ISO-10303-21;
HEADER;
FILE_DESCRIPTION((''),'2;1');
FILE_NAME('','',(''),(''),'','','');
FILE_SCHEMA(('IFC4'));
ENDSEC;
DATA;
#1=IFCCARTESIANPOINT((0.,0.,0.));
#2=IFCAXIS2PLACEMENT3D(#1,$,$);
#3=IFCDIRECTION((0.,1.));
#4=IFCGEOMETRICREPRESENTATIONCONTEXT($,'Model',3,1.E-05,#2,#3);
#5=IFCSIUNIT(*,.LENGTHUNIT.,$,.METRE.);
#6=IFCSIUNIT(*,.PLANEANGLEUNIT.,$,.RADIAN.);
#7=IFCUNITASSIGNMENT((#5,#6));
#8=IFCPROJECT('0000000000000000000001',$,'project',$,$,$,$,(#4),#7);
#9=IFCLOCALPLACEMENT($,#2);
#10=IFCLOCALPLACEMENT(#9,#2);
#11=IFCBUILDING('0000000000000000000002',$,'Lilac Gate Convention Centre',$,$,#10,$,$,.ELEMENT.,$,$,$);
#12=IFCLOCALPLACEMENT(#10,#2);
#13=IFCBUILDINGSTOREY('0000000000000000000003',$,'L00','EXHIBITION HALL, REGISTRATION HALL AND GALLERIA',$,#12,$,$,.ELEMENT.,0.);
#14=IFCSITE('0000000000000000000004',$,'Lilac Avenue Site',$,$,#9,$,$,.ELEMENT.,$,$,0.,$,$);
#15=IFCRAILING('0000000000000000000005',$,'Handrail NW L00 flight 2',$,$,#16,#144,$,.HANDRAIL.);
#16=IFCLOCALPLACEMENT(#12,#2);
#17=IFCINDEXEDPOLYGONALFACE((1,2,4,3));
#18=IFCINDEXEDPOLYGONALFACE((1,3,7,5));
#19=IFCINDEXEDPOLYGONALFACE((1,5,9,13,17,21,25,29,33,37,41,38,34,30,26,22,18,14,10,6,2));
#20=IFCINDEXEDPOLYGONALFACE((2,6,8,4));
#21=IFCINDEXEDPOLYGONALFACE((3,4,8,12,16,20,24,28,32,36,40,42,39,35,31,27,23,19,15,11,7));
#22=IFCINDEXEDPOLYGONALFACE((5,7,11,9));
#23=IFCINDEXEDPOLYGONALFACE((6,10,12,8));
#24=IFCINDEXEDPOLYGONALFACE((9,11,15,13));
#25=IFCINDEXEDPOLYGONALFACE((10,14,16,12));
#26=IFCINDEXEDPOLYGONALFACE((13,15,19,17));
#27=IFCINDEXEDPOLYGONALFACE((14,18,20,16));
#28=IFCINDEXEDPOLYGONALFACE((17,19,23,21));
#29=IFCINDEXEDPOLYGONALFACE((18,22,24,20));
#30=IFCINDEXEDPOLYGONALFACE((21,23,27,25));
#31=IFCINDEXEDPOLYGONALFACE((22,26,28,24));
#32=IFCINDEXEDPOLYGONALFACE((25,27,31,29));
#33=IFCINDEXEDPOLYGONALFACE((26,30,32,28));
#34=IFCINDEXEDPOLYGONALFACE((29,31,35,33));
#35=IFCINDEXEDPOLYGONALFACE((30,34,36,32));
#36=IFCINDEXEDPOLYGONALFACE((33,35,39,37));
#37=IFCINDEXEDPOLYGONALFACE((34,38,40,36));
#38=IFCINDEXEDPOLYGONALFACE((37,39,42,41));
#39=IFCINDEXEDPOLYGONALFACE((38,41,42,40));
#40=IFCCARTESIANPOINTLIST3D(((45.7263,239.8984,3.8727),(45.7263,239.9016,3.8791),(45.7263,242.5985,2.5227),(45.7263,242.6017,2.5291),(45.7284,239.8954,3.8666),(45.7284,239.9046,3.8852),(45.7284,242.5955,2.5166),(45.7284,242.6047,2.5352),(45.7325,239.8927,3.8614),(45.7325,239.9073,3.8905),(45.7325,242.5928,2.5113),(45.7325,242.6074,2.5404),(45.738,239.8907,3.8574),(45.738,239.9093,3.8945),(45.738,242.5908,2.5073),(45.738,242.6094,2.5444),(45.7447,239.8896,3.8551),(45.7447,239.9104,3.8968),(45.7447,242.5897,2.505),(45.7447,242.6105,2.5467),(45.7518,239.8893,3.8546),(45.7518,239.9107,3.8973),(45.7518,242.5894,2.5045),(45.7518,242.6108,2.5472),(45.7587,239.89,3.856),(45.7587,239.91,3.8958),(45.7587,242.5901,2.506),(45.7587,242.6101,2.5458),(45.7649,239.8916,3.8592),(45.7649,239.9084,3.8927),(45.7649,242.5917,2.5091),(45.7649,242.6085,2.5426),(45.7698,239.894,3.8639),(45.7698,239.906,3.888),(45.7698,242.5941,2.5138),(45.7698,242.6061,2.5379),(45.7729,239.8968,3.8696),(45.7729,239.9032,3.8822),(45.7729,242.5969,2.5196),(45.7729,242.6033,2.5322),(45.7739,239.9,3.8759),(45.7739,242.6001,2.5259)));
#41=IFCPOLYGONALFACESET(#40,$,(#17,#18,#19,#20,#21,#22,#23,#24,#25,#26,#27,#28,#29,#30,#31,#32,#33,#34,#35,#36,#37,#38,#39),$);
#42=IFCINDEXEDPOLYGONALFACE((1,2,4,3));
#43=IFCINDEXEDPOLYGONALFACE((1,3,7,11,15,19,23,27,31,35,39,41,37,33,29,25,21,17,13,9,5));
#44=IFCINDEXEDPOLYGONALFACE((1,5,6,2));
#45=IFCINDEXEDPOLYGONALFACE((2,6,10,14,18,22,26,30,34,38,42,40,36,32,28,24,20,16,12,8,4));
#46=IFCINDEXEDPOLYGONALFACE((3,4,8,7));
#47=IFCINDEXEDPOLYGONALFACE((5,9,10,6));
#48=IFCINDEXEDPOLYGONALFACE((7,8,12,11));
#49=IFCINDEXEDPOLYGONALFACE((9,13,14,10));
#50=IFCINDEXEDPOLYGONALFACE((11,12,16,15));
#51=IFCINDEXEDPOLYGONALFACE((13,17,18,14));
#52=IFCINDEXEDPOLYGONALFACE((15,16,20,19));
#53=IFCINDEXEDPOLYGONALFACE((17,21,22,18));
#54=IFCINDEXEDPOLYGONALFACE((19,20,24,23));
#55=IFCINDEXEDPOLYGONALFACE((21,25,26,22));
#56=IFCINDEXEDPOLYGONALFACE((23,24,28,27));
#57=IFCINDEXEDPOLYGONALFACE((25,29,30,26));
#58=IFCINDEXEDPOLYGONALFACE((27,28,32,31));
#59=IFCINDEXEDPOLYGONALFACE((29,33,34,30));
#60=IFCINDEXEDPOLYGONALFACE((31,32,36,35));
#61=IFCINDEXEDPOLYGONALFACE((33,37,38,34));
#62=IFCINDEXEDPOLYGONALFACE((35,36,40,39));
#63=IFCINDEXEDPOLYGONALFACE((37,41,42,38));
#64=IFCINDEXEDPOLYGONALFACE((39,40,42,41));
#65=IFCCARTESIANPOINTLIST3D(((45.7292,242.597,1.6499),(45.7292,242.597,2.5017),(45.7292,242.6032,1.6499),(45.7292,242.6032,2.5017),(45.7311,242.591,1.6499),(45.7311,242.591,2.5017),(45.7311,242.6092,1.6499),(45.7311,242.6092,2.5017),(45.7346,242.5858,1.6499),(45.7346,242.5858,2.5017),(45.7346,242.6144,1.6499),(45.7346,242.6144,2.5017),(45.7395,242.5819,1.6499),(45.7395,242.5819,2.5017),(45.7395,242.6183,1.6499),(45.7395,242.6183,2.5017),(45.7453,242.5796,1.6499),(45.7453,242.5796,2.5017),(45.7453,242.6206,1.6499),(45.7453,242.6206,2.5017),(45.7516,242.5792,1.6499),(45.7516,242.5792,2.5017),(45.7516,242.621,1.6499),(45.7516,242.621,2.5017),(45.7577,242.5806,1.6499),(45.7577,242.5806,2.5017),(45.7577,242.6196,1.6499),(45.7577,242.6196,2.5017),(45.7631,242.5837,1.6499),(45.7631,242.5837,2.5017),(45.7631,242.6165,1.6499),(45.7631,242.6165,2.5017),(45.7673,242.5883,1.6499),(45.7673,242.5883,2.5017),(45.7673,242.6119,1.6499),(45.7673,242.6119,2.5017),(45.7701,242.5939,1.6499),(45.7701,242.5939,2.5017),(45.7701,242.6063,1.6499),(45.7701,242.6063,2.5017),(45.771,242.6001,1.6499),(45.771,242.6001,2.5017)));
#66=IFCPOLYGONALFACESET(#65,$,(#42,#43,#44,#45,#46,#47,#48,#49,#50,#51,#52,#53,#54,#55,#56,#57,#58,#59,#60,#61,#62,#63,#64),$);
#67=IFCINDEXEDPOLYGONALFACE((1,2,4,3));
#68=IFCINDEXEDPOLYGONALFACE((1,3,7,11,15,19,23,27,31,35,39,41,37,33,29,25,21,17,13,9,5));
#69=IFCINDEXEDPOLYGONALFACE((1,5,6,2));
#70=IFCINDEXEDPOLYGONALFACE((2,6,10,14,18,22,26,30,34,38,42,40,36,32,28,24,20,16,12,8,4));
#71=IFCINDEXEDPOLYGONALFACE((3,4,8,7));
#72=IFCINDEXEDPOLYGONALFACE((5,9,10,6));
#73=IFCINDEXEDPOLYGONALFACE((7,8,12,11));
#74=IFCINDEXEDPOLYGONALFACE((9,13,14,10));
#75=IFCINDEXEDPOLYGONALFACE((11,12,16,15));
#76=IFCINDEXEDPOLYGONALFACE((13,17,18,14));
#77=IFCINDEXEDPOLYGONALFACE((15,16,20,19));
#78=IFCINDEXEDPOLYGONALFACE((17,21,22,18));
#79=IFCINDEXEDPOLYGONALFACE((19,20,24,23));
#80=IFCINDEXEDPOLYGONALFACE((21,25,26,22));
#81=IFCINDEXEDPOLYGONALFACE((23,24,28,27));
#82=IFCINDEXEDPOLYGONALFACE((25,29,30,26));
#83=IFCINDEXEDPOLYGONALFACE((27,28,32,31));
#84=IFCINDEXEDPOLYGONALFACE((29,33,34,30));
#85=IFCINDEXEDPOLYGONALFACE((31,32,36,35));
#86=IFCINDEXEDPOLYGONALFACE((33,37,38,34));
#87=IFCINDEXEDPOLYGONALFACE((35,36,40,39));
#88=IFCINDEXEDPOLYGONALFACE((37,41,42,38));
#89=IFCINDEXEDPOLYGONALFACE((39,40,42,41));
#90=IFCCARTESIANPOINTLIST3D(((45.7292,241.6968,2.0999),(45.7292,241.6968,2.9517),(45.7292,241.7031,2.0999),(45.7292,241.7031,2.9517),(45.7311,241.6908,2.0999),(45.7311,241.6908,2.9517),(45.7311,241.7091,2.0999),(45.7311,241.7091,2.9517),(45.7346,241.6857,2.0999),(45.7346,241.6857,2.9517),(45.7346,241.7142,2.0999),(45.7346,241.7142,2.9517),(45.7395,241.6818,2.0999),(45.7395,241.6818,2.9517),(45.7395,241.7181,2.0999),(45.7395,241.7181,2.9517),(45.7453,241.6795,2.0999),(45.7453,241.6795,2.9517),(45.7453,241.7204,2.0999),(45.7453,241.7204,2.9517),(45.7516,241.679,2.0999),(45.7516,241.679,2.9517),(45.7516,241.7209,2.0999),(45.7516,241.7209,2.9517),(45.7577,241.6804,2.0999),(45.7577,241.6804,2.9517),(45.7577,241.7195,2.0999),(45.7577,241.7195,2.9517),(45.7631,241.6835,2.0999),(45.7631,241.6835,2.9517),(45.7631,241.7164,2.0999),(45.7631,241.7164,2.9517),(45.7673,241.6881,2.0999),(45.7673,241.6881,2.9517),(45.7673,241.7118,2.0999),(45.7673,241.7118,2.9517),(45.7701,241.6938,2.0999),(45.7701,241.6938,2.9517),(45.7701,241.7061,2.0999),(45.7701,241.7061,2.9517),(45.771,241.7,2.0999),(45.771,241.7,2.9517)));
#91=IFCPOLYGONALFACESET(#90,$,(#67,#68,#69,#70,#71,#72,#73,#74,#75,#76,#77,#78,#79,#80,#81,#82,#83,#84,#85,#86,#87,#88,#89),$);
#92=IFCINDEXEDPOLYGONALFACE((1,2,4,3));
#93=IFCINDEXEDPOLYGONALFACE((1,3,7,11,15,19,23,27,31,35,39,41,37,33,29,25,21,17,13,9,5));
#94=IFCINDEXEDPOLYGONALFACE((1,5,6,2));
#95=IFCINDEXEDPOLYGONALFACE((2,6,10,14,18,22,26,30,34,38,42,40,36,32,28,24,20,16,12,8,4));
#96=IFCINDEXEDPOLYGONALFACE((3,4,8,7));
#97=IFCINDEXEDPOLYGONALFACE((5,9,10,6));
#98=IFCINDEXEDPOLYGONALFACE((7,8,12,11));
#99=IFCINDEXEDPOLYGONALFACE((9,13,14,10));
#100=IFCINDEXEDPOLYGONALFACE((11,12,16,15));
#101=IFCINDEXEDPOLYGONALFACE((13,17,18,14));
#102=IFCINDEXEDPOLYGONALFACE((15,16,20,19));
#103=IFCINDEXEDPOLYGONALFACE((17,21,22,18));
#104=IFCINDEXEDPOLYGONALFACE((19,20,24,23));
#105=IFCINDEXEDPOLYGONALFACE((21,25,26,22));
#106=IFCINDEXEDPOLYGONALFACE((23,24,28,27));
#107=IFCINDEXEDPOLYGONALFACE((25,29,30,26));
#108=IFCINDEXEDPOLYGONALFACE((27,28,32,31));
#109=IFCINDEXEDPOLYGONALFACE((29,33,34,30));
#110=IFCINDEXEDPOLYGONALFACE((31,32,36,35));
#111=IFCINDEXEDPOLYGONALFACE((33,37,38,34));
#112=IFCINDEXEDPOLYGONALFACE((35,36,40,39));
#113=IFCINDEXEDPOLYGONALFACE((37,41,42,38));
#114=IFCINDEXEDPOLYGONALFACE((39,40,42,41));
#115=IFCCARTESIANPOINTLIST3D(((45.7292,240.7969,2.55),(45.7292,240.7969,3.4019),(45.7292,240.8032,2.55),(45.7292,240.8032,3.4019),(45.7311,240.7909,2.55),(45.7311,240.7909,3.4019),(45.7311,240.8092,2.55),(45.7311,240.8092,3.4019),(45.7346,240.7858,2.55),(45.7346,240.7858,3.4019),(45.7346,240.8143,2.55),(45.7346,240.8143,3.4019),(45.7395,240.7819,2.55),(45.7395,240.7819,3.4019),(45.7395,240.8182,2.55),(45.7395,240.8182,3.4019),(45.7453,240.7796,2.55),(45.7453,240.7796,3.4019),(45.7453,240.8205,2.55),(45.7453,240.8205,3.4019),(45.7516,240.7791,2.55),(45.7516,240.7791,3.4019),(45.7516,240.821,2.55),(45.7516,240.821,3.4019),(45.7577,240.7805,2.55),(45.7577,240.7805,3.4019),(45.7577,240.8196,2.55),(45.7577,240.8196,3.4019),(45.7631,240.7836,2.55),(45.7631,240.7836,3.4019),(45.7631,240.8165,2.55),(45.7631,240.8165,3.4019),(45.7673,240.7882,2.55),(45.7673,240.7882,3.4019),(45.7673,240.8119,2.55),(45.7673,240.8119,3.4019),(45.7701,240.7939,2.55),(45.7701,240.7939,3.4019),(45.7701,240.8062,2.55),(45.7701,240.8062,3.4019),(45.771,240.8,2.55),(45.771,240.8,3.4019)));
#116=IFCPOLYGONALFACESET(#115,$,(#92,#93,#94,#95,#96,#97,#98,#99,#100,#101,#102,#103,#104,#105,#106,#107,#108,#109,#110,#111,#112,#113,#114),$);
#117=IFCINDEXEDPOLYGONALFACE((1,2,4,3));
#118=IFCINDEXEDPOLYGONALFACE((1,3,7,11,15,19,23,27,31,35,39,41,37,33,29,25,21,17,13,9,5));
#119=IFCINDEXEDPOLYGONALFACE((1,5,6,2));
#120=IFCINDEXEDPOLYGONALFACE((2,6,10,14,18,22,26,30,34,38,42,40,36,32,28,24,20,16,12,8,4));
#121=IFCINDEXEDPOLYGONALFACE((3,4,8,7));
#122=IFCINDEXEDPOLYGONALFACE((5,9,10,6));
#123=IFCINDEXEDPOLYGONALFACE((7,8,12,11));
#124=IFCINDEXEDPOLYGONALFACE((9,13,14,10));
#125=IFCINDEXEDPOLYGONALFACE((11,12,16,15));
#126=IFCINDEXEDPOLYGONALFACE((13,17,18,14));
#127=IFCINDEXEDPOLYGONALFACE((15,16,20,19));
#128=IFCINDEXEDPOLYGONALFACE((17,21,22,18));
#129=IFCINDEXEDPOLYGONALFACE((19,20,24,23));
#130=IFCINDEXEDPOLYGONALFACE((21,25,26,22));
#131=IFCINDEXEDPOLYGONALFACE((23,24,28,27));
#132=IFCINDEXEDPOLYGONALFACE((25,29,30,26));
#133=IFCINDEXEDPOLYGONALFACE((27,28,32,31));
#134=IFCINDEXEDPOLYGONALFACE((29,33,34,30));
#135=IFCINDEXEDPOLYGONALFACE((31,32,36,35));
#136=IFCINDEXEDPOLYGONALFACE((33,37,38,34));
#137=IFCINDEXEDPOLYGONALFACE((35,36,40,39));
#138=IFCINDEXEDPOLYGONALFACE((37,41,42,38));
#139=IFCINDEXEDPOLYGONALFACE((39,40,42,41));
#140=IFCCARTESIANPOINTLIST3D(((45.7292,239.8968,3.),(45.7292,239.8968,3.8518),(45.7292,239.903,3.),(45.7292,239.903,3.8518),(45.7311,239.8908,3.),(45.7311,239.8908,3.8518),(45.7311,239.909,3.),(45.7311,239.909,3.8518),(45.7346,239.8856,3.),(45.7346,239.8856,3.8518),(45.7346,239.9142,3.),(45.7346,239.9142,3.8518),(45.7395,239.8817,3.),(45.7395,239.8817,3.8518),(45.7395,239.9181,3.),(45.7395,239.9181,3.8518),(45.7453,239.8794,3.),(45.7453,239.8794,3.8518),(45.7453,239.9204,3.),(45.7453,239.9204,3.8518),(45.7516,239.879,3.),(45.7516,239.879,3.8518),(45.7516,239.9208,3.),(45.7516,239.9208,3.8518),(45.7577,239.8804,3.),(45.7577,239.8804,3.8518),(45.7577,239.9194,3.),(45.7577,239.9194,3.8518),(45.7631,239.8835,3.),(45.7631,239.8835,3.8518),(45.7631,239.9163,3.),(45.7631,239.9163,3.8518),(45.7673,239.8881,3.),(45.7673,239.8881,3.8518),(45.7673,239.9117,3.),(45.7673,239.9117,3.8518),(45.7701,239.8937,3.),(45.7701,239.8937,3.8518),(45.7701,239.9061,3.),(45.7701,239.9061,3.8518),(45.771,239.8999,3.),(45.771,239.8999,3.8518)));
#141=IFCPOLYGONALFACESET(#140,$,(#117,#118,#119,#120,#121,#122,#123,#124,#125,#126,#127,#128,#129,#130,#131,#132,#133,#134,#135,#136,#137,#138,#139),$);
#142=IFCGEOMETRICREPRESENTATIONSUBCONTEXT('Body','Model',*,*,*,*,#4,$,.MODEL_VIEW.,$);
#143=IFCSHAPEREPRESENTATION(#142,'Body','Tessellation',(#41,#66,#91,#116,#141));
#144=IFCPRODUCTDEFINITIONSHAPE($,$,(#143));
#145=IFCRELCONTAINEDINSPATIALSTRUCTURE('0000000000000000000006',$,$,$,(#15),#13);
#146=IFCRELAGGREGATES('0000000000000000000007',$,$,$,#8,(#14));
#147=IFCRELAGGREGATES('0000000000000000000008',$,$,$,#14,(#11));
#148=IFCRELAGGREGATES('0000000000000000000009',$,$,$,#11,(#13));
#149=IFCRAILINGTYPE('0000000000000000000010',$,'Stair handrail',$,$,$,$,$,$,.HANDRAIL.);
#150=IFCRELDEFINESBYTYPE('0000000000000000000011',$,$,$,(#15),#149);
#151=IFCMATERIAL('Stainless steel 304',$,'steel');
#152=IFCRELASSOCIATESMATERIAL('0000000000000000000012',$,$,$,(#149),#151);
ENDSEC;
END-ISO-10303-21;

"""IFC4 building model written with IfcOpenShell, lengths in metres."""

from ifc_helpers import new_model, si_unit, direction, frame, origin, origin_2d, place, context, subcontext, project, spatial, circle, extrude, material, type_object, element, save


model = new_model("IFC4")

# Units and contexts
model_context = context("Model", 3, precision=1e-05, world=origin(), true_north=direction((0.0, 1.0)))
body_context = subcontext(model_context, "Body", "Model", "MODEL_VIEW")
ifc_project = project(units=[si_unit("LENGTHUNIT", "METRE"), si_unit("PLANEANGLEUNIT", "RADIAN")], contexts=[model_context])

# Site, building, storey
site_placement = place(None, origin())
site = spatial("IfcSite", under=ifc_project, at=site_placement, Name="Lilac Avenue Site", CompositionType="ELEMENT", RefElevation=0.0)
building_placement = place(site_placement, origin())
building = spatial("IfcBuilding", under=site, at=building_placement, Name="Lilac Gate Convention Centre", CompositionType="ELEMENT")
storey_placement = place(building_placement, origin())
storey = spatial("IfcBuildingStorey", under=building, at=storey_placement, Name="L00", Description="EXHIBITION HALL, REGISTRATION HALL AND GALLERIA", CompositionType="ELEMENT", Elevation=0.0)

# Railing
ifc_material_1 = material(Name="Stainless steel 304", Category="steel")
railing_type = type_object("IfcRailingType", Name="Stair handrail", PredefinedType="HANDRAIL", material=ifc_material_1)
for number, where, name in (
    (1, (45.75, 242.6001, 1.6499), "Handrail NW L00 flight 2"),
):
    element("IfcRailing", number, at=place(storey_placement, frame(where)), inside=storey, type_object=railing_type, Name=name, PredefinedType="HANDRAIL", context=body_context, shape_type="SweptSolid", body=[
        extrude(circle(Radius=0.0239, at=origin_2d()), frame((0.0, 0.0, 0.876), z_axis=(0.0, -0.894427, 0.447214), x_axis=(1.0, 0.0, 0.0)), (0.0, 0.0, 1.0), 3.0188),
        extrude(circle(Radius=0.021, at=origin_2d()), origin(), (0.0, 0.0, 1.0), 0.8518),
        extrude(circle(Radius=0.021, at=origin_2d()), frame((0.0, -0.9001, 0.45)), (0.0, 0.0, 1.0), 0.8518),
        extrude(circle(Radius=0.021, at=origin_2d()), frame((0.0, -1.8, 0.9001)), (0.0, 0.0, 1.0), 0.8518),
        extrude(circle(Radius=0.021, at=origin_2d()), frame((0.0, -2.7002, 1.3501)), (0.0, 0.0, 1.0), 0.8518),
    ])

save(model, "model.ifc")
